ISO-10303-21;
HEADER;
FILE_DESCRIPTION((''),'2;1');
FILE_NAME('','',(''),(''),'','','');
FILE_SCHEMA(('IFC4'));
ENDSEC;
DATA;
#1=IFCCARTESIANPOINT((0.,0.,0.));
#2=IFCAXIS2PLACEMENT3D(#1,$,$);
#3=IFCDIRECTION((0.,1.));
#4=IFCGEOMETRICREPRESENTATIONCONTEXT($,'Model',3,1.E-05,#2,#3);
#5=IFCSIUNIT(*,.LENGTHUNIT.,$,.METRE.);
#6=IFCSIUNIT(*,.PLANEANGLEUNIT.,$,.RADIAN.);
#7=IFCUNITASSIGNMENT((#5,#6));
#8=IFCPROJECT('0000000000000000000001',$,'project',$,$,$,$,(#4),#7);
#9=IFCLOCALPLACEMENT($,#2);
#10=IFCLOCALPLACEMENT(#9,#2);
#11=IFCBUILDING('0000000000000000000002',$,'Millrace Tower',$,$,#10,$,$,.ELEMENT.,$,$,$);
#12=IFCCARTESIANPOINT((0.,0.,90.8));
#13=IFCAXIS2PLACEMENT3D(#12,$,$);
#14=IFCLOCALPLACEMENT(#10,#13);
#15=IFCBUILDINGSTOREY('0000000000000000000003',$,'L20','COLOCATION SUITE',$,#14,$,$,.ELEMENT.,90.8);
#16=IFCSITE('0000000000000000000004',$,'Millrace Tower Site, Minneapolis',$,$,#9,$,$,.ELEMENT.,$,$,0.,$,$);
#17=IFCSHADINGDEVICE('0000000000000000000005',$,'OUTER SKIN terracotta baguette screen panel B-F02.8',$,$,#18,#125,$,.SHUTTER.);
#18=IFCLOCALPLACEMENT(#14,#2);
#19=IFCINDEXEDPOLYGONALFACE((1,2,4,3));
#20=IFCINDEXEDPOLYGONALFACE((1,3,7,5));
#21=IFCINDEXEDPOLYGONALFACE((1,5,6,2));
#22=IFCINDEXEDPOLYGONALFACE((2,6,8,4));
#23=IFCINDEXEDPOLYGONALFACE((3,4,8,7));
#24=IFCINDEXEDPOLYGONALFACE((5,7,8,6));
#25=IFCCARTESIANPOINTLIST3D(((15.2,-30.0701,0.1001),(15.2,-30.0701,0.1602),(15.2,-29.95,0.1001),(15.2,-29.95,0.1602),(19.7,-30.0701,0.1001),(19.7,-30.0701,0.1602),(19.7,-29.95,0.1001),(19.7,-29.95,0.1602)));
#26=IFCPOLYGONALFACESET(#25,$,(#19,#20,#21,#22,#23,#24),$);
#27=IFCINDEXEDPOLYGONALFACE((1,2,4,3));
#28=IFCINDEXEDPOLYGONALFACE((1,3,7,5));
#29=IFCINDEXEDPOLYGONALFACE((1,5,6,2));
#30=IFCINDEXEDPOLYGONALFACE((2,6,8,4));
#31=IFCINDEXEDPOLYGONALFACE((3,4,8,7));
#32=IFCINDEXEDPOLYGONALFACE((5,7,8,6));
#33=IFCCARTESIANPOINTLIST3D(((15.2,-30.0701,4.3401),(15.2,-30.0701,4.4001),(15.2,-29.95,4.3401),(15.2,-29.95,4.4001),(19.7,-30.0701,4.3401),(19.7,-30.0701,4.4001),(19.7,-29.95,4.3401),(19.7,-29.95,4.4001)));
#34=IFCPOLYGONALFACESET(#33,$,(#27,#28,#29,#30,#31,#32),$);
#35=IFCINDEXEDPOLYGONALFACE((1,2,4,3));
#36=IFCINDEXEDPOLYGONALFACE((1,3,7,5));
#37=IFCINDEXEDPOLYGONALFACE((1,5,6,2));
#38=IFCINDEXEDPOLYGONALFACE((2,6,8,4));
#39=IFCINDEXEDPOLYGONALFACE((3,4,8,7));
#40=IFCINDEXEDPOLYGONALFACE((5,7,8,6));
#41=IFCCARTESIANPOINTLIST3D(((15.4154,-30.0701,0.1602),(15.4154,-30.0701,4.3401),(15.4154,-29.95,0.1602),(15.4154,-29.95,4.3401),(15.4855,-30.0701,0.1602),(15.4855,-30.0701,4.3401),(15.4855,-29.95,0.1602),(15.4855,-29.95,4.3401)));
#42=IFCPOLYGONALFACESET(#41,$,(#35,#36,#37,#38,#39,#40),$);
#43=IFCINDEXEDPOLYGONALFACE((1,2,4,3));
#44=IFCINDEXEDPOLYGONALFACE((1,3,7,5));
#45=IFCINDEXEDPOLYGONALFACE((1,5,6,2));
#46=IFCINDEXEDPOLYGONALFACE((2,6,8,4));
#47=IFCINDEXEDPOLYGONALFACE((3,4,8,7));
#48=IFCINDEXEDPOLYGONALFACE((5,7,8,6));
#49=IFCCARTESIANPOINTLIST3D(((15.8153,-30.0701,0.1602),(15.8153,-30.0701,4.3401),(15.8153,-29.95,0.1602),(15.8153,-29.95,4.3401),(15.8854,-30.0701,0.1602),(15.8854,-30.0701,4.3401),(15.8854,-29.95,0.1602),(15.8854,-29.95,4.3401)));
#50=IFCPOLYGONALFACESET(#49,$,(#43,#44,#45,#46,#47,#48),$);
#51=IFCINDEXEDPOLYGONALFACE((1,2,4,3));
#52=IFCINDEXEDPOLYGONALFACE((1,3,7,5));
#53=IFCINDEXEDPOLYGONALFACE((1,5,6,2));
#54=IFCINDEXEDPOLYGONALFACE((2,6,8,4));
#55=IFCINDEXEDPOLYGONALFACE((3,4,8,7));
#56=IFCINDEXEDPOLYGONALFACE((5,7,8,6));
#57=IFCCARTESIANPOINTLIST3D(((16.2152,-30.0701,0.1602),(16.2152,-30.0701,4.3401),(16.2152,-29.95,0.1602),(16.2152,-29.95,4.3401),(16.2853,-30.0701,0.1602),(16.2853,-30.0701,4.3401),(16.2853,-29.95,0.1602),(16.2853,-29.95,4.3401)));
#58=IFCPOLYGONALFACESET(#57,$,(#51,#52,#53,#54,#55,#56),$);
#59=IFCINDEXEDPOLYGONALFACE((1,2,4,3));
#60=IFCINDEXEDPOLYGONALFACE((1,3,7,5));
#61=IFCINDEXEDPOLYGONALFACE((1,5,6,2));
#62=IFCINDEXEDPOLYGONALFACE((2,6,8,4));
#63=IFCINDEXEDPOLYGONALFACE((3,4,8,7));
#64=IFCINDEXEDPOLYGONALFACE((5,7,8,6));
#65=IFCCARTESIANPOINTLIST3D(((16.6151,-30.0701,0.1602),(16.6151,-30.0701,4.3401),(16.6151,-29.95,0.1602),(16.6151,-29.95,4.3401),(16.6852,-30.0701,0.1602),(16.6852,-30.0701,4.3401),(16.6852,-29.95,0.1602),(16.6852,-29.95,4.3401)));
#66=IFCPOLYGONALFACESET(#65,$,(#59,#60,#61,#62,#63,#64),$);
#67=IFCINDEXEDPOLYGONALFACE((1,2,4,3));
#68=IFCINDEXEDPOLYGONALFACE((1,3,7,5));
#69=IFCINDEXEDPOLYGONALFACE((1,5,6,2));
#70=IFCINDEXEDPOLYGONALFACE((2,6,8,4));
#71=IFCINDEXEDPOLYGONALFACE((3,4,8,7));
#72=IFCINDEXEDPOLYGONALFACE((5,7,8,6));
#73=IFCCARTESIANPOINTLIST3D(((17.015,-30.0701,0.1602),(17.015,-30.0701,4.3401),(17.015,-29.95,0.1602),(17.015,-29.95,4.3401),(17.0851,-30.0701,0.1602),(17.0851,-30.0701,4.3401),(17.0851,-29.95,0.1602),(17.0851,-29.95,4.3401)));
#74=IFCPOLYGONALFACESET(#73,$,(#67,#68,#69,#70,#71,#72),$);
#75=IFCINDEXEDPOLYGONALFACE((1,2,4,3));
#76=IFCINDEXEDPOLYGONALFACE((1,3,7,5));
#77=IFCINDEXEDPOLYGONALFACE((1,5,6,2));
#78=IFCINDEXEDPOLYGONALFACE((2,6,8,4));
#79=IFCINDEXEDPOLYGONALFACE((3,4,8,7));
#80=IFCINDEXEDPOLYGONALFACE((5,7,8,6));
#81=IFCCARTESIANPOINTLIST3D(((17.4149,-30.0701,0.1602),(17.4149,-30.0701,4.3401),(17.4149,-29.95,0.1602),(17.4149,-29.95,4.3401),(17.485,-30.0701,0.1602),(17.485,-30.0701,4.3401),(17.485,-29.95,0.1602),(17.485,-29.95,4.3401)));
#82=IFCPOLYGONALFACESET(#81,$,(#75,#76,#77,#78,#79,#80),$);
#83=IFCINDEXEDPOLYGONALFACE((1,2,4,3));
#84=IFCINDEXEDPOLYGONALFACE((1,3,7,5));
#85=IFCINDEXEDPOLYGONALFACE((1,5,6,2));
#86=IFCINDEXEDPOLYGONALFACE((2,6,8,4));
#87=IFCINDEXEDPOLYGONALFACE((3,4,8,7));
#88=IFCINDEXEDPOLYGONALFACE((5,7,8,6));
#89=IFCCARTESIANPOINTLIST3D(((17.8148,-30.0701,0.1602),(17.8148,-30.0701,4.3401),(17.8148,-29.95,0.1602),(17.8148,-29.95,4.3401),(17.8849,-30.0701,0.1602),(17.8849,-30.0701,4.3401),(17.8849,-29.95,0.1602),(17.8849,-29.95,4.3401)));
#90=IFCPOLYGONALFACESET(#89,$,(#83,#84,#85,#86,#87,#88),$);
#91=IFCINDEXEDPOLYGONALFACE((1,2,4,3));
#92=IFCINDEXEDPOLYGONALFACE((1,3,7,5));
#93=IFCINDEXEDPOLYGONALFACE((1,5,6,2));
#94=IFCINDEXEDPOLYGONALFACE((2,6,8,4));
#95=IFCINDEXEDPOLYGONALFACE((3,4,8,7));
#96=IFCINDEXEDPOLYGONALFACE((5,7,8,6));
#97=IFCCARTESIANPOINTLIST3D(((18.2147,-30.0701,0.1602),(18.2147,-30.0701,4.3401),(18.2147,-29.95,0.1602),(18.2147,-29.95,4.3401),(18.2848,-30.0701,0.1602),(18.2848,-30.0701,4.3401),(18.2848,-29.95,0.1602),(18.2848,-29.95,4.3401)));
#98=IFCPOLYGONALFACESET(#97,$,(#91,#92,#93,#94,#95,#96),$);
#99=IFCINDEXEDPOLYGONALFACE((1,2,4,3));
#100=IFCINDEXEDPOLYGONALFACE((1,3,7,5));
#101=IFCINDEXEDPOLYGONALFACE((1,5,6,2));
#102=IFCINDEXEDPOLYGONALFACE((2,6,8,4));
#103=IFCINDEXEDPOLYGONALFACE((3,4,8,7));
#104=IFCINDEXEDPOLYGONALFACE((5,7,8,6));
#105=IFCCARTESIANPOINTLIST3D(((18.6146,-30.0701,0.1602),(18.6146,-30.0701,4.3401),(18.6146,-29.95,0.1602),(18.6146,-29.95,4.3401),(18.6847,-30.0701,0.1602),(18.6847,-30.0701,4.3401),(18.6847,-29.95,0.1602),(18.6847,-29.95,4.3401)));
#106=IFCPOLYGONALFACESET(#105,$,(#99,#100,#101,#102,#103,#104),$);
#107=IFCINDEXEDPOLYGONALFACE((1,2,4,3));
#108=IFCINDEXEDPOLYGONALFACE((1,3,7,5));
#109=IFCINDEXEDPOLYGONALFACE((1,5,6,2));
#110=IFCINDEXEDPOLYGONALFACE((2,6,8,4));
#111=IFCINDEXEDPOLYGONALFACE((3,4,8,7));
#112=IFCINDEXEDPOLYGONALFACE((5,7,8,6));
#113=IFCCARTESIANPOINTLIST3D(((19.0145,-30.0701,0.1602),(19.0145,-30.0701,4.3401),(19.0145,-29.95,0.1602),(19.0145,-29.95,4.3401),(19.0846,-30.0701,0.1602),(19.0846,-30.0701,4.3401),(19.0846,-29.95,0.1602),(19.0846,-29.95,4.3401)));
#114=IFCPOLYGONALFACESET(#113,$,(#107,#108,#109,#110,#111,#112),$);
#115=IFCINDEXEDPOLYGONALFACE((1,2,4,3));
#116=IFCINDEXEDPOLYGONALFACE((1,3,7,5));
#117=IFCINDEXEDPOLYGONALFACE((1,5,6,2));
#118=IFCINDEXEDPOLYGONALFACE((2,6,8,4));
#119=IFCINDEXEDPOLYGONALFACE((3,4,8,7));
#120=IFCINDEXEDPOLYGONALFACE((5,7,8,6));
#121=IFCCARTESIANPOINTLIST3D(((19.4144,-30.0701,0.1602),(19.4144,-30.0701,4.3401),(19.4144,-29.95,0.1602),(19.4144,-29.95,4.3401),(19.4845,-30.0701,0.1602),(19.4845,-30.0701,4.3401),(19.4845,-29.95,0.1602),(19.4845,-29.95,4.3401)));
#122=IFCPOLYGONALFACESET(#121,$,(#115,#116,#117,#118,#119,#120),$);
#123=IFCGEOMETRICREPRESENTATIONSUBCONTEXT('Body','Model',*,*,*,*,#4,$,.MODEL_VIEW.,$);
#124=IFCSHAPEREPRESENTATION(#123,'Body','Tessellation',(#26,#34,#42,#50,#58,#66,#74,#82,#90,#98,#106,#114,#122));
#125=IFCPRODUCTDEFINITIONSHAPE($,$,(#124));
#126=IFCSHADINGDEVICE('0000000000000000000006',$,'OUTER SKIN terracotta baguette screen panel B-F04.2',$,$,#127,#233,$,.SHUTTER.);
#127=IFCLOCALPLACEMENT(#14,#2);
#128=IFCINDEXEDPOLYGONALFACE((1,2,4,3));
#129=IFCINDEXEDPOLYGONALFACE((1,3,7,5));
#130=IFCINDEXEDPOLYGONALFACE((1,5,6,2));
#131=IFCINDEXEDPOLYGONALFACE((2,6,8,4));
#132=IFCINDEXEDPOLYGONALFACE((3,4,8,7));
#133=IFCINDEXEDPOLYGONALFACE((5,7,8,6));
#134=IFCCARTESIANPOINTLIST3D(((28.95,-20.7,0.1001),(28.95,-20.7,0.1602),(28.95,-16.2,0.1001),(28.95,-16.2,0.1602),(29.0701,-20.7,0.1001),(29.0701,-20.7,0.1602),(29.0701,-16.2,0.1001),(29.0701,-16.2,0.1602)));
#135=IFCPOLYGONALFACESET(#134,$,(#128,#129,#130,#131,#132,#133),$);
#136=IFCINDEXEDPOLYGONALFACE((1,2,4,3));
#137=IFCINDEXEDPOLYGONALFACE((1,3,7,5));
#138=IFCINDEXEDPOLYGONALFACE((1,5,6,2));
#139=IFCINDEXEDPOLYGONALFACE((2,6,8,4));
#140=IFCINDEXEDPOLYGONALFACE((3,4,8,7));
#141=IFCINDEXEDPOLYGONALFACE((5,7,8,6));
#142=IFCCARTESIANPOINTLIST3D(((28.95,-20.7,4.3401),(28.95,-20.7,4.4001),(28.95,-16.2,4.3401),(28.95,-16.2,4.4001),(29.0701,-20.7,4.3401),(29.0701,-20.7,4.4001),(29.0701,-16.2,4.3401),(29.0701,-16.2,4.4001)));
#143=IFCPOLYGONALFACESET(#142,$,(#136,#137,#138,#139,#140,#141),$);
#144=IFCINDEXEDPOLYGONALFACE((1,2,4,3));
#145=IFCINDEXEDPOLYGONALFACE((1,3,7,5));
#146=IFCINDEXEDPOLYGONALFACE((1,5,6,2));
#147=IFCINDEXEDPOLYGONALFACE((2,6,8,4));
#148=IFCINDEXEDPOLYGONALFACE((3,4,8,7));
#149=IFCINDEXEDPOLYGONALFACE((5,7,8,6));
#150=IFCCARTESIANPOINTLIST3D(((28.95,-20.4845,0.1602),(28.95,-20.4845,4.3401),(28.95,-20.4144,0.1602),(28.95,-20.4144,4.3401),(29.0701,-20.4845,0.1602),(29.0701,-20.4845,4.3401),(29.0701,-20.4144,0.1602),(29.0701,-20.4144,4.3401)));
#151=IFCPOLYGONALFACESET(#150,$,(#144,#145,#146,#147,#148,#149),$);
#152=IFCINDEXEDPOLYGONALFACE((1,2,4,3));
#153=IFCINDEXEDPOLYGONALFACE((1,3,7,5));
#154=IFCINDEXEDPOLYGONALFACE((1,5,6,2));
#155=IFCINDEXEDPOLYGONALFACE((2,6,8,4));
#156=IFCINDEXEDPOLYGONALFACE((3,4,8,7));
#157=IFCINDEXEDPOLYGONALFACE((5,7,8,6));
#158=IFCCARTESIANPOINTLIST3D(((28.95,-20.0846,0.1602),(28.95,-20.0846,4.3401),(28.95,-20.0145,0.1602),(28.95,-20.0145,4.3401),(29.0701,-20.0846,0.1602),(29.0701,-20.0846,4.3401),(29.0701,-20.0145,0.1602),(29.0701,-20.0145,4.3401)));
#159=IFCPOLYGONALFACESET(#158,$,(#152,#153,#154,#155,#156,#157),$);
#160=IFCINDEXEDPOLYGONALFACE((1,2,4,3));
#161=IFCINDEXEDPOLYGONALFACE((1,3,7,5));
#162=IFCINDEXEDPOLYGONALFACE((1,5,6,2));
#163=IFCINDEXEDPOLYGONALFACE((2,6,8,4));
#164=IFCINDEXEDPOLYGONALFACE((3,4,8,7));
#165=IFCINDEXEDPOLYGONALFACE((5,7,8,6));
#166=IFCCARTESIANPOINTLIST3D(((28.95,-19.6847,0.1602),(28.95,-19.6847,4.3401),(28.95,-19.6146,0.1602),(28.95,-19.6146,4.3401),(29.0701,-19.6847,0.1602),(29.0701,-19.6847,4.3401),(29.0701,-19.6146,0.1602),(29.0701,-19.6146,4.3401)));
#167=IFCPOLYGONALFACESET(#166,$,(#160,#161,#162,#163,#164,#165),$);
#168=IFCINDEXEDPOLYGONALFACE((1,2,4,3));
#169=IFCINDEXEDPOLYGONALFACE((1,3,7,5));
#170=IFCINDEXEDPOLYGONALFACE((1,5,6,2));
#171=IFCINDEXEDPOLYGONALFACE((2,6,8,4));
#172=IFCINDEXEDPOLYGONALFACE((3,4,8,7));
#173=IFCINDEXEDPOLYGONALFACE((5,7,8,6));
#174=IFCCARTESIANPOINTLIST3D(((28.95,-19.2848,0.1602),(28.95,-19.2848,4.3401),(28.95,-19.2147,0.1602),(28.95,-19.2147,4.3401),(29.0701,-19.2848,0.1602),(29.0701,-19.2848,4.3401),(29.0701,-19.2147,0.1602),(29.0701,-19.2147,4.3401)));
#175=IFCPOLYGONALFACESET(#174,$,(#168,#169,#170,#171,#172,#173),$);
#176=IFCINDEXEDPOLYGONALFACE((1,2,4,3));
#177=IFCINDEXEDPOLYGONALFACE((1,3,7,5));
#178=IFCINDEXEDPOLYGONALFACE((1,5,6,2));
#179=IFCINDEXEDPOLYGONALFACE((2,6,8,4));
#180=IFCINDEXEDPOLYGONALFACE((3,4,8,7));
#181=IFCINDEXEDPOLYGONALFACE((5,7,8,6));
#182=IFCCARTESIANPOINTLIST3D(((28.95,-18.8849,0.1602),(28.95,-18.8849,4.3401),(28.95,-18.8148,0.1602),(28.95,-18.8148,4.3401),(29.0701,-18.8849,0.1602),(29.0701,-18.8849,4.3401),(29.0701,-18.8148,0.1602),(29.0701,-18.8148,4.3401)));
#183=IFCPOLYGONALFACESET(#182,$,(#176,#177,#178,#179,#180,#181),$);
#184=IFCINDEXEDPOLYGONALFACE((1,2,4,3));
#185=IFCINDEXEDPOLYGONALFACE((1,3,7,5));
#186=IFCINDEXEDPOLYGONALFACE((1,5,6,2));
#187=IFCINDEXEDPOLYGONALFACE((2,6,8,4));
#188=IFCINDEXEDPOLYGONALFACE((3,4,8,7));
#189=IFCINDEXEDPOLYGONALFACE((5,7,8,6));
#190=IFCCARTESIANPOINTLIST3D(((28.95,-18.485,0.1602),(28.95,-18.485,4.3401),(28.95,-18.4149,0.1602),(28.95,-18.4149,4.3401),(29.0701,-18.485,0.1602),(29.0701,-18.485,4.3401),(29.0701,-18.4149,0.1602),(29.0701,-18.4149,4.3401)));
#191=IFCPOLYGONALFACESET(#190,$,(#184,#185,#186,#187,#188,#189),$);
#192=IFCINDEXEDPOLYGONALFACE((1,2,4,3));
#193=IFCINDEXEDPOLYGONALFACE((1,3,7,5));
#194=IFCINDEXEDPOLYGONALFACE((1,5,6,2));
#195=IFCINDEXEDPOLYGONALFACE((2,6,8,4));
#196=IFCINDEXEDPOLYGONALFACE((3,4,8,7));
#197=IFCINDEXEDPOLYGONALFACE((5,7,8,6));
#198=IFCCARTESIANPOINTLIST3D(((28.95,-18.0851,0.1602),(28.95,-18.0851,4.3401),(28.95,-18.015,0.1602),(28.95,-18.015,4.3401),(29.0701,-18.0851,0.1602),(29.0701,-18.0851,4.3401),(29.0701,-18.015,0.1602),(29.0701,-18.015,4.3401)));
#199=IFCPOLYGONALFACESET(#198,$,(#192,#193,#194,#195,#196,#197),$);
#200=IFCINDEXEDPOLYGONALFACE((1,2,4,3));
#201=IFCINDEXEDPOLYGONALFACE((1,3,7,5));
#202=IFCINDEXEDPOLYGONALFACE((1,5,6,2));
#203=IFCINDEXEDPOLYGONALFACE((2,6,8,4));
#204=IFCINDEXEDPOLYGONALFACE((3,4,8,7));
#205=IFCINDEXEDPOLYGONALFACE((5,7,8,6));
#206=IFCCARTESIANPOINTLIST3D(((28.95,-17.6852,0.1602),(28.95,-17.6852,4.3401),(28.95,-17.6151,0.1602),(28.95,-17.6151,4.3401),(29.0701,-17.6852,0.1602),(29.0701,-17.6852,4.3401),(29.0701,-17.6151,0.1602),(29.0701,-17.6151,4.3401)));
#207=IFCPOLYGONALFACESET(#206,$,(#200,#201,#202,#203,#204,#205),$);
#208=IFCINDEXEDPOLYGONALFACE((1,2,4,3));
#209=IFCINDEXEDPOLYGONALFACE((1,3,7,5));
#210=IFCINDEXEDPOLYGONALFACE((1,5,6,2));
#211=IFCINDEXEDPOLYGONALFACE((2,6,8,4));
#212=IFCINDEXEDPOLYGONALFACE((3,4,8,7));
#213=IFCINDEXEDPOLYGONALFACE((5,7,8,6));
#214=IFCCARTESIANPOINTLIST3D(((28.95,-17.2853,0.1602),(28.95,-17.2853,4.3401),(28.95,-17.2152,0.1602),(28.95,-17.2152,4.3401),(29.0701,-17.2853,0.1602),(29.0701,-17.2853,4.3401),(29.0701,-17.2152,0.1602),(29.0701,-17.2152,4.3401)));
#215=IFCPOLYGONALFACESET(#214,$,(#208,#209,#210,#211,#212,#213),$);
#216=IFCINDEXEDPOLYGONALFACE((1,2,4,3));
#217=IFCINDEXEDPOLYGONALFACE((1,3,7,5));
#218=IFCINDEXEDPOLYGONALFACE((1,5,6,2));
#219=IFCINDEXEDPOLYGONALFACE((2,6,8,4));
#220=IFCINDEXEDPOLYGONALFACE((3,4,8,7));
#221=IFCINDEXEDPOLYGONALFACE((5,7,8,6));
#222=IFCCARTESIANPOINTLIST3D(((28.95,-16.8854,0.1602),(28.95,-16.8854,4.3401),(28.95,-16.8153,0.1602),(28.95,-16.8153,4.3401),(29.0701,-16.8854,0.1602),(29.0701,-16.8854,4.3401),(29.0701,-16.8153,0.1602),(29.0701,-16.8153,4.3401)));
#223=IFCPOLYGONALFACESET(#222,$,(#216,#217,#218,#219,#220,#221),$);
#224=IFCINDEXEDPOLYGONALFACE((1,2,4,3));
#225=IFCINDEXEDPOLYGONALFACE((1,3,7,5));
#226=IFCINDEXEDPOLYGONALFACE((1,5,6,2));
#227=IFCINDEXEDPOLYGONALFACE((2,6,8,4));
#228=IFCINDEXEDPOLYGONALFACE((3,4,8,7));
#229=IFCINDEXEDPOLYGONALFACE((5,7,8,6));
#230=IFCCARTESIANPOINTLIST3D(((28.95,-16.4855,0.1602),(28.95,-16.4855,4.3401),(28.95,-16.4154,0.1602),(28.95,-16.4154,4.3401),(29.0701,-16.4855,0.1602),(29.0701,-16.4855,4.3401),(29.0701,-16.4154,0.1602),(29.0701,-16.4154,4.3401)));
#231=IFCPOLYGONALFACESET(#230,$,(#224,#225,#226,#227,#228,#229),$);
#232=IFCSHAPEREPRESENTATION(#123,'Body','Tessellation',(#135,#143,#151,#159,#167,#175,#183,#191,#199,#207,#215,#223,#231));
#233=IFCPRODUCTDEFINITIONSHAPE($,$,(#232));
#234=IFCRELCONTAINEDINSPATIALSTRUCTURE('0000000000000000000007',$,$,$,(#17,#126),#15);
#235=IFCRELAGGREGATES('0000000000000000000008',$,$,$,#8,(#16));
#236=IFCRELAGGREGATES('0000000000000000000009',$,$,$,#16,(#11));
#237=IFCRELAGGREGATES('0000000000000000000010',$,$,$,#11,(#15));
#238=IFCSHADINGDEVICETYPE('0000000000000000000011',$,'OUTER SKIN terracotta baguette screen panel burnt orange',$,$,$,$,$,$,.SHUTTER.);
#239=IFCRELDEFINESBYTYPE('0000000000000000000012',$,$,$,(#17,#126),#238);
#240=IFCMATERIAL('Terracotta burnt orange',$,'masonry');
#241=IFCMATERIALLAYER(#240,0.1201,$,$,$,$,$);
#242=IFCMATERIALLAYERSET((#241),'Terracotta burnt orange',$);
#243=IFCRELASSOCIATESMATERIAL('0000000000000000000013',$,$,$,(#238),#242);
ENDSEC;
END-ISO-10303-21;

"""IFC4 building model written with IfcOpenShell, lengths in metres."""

from ifc_helpers import new_model, entity, si_unit, direction, frame, frame_2d, origin, origin_2d, place, context, subcontext, project, spatial, rectangle, extrude, source, transform, mapped, material, layer, layer_set, type_object, element, save


model = new_model("IFC4")

# Units and contexts
model_context = context("Model", 3, precision=1e-05, world=origin(), true_north=direction((0.0, 1.0)))
body_context = subcontext(model_context, "Body", "Model", "MODEL_VIEW")
ifc_project = project(units=[si_unit("LENGTHUNIT", "METRE"), si_unit("PLANEANGLEUNIT", "RADIAN")], contexts=[model_context])

# Site, building, storey
site_placement = place(None, origin())
site = spatial("IfcSite", under=ifc_project, at=site_placement, Name="Millrace Tower Site, Minneapolis", CompositionType="ELEMENT", RefElevation=0.0)
building_placement = place(site_placement, origin())
building = spatial("IfcBuilding", under=site, at=building_placement, Name="Millrace Tower", CompositionType="ELEMENT")
storey_placement = place(building_placement, frame((0.0, 0.0, 90.8)))
storey = spatial("IfcBuildingStorey", under=building, at=storey_placement, Name="L20", Description="COLOCATION SUITE", CompositionType="ELEMENT", Elevation=90.8)

# Shading devices
ifc_material_1 = material(Name="Terracotta burnt orange", Category="masonry")
ifc_layer_1 = layer(ifc_material_1, 0.1201)
ifc_layer_set_1 = layer_set([ifc_layer_1], Name="Terracotta burnt orange")
shading_device_type = type_object("IfcShadingDeviceType", Name="OUTER SKIN terracotta baguette screen panel burnt orange", PredefinedType="SHUTTER", material=ifc_layer_set_1)
cartesian_point_1 = entity("IfcCartesianPoint", [-2.25, 0.0601])
shared_polyline_1 = entity("IfcPolyline", [cartesian_point_1, entity("IfcCartesianPoint", [2.25, 0.0601]), entity("IfcCartesianPoint", [2.25, -0.0601]), entity("IfcCartesianPoint", [-2.25, -0.0601]), cartesian_point_1])
shared_shape_1 = source(origin(), body_context, "Body", "SweptSolid", [
    entity("IfcExtrudedAreaSolid", entity("IfcArbitraryClosedProfileDef", "AREA", None, shared_polyline_1), entity("IfcAxis2Placement3D", entity("IfcCartesianPoint", [0.0, 0.0, 0.0])), entity("IfcDirection", [0.0, 0.0, 1.0]), 0.0601),
    entity("IfcExtrudedAreaSolid", entity("IfcArbitraryClosedProfileDef", "AREA", None, shared_polyline_1), entity("IfcAxis2Placement3D", entity("IfcCartesianPoint", [0.0, 0.0, 4.24])), entity("IfcDirection", [0.0, 0.0, 1.0]), 0.0601),
    extrude(rectangle(XDim=0.0701, YDim=0.1201, at=frame_2d((-1.9995, 0.0))), frame((0.0, 0.0, 0.0601)), (0.0, 0.0, 1.0), 4.1799),
    extrude(rectangle(XDim=0.0701, YDim=0.1201, at=frame_2d((-1.5996, 0.0))), frame((0.0, 0.0, 0.0601)), (0.0, 0.0, 1.0), 4.1799),
    extrude(rectangle(XDim=0.0701, YDim=0.1201, at=frame_2d((-1.1997, 0.0))), frame((0.0, 0.0, 0.0601)), (0.0, 0.0, 1.0), 4.1799),
    extrude(rectangle(XDim=0.0701, YDim=0.1201, at=frame_2d((-0.7998, 0.0))), frame((0.0, 0.0, 0.0601)), (0.0, 0.0, 1.0), 4.1799),
    extrude(rectangle(XDim=0.0701, YDim=0.1201, at=frame_2d((-0.3999, 0.0))), frame((0.0, 0.0, 0.0601)), (0.0, 0.0, 1.0), 4.1799),
    extrude(rectangle(XDim=0.0701, YDim=0.1201, at=origin_2d()), frame((0.0, 0.0, 0.0601)), (0.0, 0.0, 1.0), 4.1799),
    extrude(rectangle(XDim=0.0701, YDim=0.1201, at=frame_2d((0.3999, 0.0))), frame((0.0, 0.0, 0.0601)), (0.0, 0.0, 1.0), 4.1799),
    extrude(rectangle(XDim=0.0701, YDim=0.1201, at=frame_2d((0.7998, 0.0))), frame((0.0, 0.0, 0.0601)), (0.0, 0.0, 1.0), 4.1799),
    extrude(rectangle(XDim=0.0701, YDim=0.1201, at=frame_2d((1.1997, 0.0))), frame((0.0, 0.0, 0.0601)), (0.0, 0.0, 1.0), 4.1799),
    extrude(rectangle(XDim=0.0701, YDim=0.1201, at=frame_2d((1.5996, 0.0))), frame((0.0, 0.0, 0.0601)), (0.0, 0.0, 1.0), 4.1799),
    extrude(rectangle(XDim=0.0701, YDim=0.1201, at=frame_2d((1.9995, 0.0))), frame((0.0, 0.0, 0.0601)), (0.0, 0.0, 1.0), 4.1799),
])
for number, where, z_axis, x_axis, name in (
    (1, (17.45, -30.01, 0.1001), (0.0, 0.0, 1.0), (1.0, 0.0, 0.0), "OUTER SKIN terracotta baguette screen panel B-F02.8"),
    (2, (29.01, -18.45, 0.1001), (0.0, 0.0, 1.0), (0.0, 1.0, 0.0), "OUTER SKIN terracotta baguette screen panel B-F04.2"),
):
    element("IfcShadingDevice", number, at=place(storey_placement, frame(where, z_axis=z_axis, x_axis=x_axis)), inside=storey, type_object=shading_device_type, Name=name, PredefinedType="SHUTTER", context=body_context, shape_type="MappedRepresentation", body=[
        mapped(shared_shape_1, transform((0.0, 0.0, 0.0), scale=1.0)),
    ])

save(model, "model.ifc")
